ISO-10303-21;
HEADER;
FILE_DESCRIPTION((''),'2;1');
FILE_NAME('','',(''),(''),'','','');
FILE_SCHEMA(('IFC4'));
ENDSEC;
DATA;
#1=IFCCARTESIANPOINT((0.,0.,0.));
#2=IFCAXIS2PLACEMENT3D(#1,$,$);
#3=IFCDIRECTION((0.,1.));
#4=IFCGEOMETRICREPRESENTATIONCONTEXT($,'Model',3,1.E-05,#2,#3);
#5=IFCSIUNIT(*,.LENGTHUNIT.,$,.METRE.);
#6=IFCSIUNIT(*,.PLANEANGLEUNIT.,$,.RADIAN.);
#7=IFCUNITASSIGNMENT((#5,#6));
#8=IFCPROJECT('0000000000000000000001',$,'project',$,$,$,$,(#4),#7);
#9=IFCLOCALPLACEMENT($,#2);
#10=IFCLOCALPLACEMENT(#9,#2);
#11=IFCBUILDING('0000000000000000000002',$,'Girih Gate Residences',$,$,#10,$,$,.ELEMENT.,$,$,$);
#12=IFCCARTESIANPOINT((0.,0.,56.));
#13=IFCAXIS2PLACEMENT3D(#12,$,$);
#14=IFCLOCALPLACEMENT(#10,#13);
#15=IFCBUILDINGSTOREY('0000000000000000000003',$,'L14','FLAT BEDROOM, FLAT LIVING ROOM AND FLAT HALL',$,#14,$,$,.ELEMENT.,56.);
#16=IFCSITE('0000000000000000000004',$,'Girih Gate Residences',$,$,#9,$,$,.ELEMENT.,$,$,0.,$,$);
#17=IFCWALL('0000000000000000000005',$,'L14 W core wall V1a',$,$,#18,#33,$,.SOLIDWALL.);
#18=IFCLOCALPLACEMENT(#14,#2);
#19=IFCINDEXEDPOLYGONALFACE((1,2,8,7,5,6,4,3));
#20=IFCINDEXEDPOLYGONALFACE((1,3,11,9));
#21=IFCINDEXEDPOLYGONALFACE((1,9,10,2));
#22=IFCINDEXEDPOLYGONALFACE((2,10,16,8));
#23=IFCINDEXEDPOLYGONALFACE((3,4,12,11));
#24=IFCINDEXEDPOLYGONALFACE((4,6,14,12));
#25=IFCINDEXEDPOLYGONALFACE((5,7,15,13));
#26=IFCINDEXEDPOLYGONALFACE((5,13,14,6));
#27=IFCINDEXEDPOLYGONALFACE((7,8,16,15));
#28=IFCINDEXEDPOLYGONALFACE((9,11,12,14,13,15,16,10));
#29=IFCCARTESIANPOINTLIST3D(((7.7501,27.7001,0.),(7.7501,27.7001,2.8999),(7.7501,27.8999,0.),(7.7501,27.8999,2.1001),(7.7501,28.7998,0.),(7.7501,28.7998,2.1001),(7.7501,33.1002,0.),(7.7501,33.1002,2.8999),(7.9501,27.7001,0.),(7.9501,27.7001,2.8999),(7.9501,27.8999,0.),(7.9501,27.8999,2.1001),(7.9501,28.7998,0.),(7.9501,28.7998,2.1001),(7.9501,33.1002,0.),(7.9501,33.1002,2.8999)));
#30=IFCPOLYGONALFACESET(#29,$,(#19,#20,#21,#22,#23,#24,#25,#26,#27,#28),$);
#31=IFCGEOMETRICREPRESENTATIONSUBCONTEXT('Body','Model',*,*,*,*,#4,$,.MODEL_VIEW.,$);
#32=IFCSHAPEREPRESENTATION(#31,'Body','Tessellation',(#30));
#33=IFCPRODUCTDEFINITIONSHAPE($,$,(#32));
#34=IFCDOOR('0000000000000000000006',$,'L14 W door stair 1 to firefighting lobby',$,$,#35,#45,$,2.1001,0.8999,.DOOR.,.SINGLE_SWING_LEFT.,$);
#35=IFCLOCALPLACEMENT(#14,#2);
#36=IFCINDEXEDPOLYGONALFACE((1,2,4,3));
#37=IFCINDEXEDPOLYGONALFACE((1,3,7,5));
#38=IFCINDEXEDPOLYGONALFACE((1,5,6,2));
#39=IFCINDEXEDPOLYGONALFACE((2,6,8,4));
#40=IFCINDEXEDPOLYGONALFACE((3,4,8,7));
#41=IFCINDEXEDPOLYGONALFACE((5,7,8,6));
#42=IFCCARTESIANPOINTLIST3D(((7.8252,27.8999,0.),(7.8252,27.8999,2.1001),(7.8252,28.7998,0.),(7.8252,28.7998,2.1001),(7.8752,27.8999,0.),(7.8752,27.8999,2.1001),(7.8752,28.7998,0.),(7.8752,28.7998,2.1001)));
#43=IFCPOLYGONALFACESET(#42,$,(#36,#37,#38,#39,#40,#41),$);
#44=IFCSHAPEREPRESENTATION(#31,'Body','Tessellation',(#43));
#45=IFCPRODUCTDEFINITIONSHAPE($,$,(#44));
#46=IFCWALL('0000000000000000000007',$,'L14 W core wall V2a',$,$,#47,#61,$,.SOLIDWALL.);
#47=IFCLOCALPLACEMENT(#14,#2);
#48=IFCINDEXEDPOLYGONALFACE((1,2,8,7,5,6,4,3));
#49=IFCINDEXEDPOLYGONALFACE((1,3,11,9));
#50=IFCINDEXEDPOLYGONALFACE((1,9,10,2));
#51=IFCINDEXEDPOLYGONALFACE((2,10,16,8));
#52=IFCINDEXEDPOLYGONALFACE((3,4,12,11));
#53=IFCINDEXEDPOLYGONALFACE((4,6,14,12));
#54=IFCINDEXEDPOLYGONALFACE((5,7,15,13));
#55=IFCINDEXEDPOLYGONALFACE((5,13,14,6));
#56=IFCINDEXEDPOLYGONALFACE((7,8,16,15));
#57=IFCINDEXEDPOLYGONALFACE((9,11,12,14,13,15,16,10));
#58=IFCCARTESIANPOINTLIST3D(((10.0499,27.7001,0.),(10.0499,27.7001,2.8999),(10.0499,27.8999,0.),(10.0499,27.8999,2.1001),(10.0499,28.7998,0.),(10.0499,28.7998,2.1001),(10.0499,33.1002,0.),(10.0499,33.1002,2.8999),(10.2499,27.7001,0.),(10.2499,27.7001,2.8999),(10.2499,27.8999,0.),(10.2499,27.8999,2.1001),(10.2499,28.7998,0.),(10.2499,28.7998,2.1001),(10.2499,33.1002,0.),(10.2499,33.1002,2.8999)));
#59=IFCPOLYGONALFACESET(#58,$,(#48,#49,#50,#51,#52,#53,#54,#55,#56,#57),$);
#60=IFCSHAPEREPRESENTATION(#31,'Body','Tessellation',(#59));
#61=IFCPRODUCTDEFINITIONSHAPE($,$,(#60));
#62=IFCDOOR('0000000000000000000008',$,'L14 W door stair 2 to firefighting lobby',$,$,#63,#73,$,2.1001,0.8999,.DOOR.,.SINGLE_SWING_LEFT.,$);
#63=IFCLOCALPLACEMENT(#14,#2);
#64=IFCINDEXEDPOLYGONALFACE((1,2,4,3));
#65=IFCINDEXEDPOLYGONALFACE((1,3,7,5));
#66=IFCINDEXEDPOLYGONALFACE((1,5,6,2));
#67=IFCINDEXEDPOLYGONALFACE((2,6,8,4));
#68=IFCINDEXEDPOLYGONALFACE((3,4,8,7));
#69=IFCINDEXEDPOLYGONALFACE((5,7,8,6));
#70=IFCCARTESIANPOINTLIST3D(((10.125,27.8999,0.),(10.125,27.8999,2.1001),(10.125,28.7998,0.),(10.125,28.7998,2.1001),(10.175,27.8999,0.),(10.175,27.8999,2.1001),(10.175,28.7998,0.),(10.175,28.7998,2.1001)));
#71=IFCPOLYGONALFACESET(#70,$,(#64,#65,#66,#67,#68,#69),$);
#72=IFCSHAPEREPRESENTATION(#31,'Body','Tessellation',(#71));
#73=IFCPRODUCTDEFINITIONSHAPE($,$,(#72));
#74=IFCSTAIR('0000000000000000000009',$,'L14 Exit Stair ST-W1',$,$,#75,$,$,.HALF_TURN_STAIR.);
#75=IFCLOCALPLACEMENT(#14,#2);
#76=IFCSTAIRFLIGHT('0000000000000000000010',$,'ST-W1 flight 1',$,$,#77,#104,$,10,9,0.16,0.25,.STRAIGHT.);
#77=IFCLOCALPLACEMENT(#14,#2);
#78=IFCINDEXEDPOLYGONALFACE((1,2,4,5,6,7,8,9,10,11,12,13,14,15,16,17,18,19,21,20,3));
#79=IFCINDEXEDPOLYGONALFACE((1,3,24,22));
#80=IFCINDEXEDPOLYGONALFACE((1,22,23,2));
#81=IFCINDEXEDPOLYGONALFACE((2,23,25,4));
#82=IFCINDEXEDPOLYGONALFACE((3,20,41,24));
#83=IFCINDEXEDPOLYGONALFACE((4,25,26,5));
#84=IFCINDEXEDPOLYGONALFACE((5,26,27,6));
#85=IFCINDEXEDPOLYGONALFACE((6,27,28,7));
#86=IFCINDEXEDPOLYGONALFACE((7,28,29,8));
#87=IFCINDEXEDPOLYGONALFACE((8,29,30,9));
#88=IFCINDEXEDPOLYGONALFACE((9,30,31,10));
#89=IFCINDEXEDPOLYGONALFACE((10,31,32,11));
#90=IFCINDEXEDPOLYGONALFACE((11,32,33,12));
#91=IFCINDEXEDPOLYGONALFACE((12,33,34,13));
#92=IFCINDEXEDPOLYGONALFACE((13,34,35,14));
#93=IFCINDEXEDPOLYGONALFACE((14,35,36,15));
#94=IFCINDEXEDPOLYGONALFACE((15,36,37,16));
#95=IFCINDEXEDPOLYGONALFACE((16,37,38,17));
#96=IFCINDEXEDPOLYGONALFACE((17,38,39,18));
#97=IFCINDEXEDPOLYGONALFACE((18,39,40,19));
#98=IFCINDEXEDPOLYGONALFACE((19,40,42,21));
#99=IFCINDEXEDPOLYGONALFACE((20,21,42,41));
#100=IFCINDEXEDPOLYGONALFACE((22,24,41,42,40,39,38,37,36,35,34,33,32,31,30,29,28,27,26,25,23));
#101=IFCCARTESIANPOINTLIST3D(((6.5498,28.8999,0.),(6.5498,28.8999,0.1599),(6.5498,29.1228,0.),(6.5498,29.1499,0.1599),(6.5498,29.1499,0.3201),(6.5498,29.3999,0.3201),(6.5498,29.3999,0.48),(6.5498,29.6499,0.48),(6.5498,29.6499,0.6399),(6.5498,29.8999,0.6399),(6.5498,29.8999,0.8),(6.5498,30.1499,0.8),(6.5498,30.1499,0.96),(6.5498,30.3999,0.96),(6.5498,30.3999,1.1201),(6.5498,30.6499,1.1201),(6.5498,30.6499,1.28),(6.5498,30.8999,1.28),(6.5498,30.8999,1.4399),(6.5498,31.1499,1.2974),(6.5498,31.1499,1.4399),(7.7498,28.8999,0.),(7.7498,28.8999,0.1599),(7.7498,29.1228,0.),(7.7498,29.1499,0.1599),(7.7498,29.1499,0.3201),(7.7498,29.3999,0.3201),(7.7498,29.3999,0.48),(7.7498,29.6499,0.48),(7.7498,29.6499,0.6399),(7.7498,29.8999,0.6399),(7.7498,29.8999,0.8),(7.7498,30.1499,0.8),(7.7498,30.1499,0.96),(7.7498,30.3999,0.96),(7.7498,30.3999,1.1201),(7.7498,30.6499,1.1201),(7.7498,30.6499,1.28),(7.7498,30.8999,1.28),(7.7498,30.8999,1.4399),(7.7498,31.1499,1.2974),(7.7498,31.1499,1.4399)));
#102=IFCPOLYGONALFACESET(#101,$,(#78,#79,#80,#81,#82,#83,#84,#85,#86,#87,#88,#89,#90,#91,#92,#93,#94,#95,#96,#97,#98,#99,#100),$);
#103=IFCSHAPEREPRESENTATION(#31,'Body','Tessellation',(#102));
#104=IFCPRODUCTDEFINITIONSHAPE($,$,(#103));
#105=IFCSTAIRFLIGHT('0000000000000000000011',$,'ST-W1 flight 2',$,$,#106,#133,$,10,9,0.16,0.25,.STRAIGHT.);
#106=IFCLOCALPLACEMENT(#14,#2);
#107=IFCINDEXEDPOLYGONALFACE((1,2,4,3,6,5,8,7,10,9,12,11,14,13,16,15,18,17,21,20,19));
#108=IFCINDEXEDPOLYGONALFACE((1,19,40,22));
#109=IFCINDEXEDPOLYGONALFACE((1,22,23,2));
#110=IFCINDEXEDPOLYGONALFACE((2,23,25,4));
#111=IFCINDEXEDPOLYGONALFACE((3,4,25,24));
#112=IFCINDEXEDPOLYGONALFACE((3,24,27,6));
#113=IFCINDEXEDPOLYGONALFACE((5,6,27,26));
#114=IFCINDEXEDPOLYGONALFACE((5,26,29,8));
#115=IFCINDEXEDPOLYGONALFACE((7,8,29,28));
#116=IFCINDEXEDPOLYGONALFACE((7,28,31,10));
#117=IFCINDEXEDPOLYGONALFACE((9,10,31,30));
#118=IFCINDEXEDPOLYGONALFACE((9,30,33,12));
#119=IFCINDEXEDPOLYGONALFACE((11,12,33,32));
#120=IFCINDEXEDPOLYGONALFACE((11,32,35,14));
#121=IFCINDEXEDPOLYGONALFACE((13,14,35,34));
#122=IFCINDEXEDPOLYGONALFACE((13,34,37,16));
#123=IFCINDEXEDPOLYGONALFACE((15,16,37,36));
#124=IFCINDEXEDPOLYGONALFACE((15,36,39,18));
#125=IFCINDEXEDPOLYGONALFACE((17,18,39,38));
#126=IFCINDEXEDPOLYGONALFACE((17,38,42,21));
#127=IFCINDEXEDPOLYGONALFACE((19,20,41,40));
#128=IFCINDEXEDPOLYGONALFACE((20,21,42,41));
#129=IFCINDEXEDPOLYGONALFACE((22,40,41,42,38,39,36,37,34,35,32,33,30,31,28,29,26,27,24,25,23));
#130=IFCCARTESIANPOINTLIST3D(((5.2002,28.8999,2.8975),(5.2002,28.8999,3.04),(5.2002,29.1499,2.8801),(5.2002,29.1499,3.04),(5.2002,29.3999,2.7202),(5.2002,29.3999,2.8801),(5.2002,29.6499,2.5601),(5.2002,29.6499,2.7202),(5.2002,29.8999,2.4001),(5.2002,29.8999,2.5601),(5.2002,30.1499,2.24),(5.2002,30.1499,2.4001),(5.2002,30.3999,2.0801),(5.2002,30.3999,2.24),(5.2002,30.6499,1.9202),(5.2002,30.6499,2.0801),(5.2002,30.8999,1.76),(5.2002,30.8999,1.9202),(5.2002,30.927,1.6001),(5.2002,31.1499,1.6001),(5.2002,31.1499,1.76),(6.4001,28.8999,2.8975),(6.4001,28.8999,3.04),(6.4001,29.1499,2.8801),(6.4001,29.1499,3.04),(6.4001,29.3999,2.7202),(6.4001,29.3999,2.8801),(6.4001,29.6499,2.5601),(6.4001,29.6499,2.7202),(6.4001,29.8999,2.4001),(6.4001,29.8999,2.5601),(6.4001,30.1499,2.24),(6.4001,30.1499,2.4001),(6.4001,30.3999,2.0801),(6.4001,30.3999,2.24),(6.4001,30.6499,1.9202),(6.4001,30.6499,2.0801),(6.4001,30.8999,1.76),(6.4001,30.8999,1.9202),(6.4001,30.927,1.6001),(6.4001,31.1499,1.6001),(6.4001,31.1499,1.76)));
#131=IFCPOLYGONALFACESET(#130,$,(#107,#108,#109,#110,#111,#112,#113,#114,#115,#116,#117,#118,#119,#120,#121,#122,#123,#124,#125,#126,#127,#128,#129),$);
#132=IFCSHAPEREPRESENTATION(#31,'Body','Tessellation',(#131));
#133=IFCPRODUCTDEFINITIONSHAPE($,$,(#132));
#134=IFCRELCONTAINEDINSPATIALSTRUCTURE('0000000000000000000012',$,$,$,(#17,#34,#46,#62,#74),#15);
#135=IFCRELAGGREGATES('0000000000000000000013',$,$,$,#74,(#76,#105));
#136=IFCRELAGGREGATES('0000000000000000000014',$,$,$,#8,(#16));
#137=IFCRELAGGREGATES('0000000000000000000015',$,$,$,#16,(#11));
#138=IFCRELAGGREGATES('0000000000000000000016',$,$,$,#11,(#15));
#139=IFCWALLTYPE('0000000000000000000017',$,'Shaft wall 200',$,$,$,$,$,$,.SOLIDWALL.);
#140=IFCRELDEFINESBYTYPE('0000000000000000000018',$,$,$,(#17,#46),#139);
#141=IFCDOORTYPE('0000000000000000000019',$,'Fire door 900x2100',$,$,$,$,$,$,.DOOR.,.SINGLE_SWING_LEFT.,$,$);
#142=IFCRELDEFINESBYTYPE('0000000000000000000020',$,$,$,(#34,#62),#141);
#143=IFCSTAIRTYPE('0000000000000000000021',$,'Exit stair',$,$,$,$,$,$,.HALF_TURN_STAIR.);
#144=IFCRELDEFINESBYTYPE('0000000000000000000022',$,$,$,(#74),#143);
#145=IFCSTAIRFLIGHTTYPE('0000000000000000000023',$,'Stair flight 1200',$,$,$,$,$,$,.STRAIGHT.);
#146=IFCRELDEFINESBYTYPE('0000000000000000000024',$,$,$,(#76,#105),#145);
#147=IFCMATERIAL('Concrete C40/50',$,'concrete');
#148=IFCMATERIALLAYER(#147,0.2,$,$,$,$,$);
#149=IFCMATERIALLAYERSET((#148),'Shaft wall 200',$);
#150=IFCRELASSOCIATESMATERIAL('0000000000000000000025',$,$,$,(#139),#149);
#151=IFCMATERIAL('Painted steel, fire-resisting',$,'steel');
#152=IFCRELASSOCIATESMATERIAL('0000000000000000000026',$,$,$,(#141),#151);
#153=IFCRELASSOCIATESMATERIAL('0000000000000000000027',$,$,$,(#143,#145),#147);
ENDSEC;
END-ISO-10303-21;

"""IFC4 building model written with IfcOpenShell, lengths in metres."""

from ifc_helpers import new_model, si_unit, direction, frame, frame_2d, origin, place, context, subcontext, project, spatial, polyline, rectangle, outline, extrude, material, layer, layer_set, type_object, element, fill, aggregate, save


model = new_model("IFC4")

# Units and contexts
model_context = context("Model", 3, precision=1e-05, world=origin(), true_north=direction((0.0, 1.0)))
body_context = subcontext(model_context, "Body", "Model", "MODEL_VIEW")
ifc_project = project(units=[si_unit("LENGTHUNIT", "METRE"), si_unit("PLANEANGLEUNIT", "RADIAN")], contexts=[model_context])

# Site, building, storey
site_placement = place(None, origin())
site = spatial("IfcSite", under=ifc_project, at=site_placement, Name="Girih Gate Residences", CompositionType="ELEMENT", RefElevation=0.0)
building_placement = place(site_placement, origin())
building = spatial("IfcBuilding", under=site, at=building_placement, Name="Girih Gate Residences", CompositionType="ELEMENT")
storey_placement = place(building_placement, frame((0.0, 0.0, 56.0)))
storey = spatial("IfcBuildingStorey", under=building, at=storey_placement, Name="L14", Description="FLAT BEDROOM, FLAT LIVING ROOM AND FLAT HALL", CompositionType="ELEMENT", Elevation=56.0)

# Shared definitions
ifc_material_1 = material(Name="Painted steel, fire-resisting", Category="steel")

# Walls, openings, doors
ifc_material_2 = material(Name="Concrete C40/50", Category="concrete")
ifc_layer_1 = layer(ifc_material_2, 0.2)
ifc_layer_set_1 = layer_set([ifc_layer_1], Name="Shaft wall 200")
wall_type_1 = type_object("IfcWallType", Name="Shaft wall 200", PredefinedType="SOLIDWALL", material=ifc_layer_set_1)
wall_1_placement = place(storey_placement, frame((7.8501, 27.7, 0.0), z_axis=(0.0, 0.0, 1.0), x_axis=(0.0, 1.0, 0.0)))
wall_1 = element("IfcWall", 1, at=wall_1_placement, inside=storey, type_object=wall_type_1, Name="L14 W core wall V1a", PredefinedType="SOLIDWALL", context=body_context, shape_type="SweptSolid", body=[
    extrude(rectangle(XDim=5.4001, YDim=0.2, at=frame_2d((2.7002, 0.0))), origin(), (0.0, 0.0, 1.0), 2.8999),
])
opening_1_placement = place(wall_1_placement, frame((0.2, 0.0, 0.0)))
opening_1 = element("IfcOpeningElement", 2, at=opening_1_placement, cuts=wall_1, PredefinedType="OPENING", context=body_context, shape_type="SweptSolid", body=[
    extrude(rectangle(XDim=0.8999, YDim=2.1001, at=frame_2d((0.45, 1.05))), frame((0.0, 0.1099, 0.0), z_axis=(0.0, -1.0, 0.0), x_axis=(1.0, 0.0, 0.0)), (0.0, 0.0, 1.0), 0.22),
])
door_type_1 = type_object("IfcDoorType", Name="Fire door 900x2100", OperationType="SINGLE_SWING_LEFT", PredefinedType="DOOR", material=ifc_material_1)
door_1_placement = place(opening_1_placement, origin())
door_1 = element("IfcDoor", 3, at=door_1_placement, inside=storey, type_object=door_type_1, Name="L14 W door stair 1 to firefighting lobby", OperationType="SINGLE_SWING_LEFT", OverallHeight=2.1001, OverallWidth=0.8999, PredefinedType="DOOR", context=body_context, shape_type="SweptSolid", body=[
    extrude(rectangle(XDim=0.8999, YDim=2.1001, at=frame_2d((0.45, 1.05))), frame((0.0, 0.0249, 0.0), z_axis=(0.0, -1.0, 0.0), x_axis=(1.0, 0.0, 0.0)), (0.0, 0.0, 1.0), 0.05),
])
fill(opening_1, door_1)
wall_2_placement = place(storey_placement, frame((10.1499, 27.7, 0.0), z_axis=(0.0, 0.0, 1.0), x_axis=(0.0, 1.0, 0.0)))
wall_2 = element("IfcWall", 4, at=wall_2_placement, inside=storey, type_object=wall_type_1, Name="L14 W core wall V2a", PredefinedType="SOLIDWALL", context=body_context, shape_type="SweptSolid", body=[
    extrude(rectangle(XDim=5.4001, YDim=0.2, at=frame_2d((2.7002, 0.0))), origin(), (0.0, 0.0, 1.0), 2.8999),
])
opening_2_placement = place(wall_2_placement, frame((0.2, 0.0, 0.0)))
opening_2 = element("IfcOpeningElement", 5, at=opening_2_placement, cuts=wall_2, PredefinedType="OPENING", context=body_context, shape_type="SweptSolid", body=[
    extrude(rectangle(XDim=0.8999, YDim=2.1001, at=frame_2d((0.45, 1.05))), frame((0.0, 0.1099, 0.0), z_axis=(0.0, -1.0, 0.0), x_axis=(1.0, 0.0, 0.0)), (0.0, 0.0, 1.0), 0.22),
])
door_2_placement = place(opening_2_placement, origin())
door_2 = element("IfcDoor", 6, at=door_2_placement, inside=storey, type_object=door_type_1, Name="L14 W door stair 2 to firefighting lobby", OperationType="SINGLE_SWING_LEFT", OverallHeight=2.1001, OverallWidth=0.8999, PredefinedType="DOOR", context=body_context, shape_type="SweptSolid", body=[
    extrude(rectangle(XDim=0.8999, YDim=2.1001, at=frame_2d((0.45, 1.05))), frame((0.0, 0.0249, 0.0), z_axis=(0.0, -1.0, 0.0), x_axis=(1.0, 0.0, 0.0)), (0.0, 0.0, 1.0), 0.05),
])
fill(opening_2, door_2)

# Stair, stair flights
stair_type = type_object("IfcStairType", Name="Exit stair", PredefinedType="HALF_TURN_STAIR", material=ifc_material_2)
stair_placement = place(storey_placement, origin())
stair = element("IfcStair", 7, at=stair_placement, inside=storey, type_object=stair_type, Name="L14 Exit Stair ST-W1", PredefinedType="HALF_TURN_STAIR")
stair_flight_type = type_object("IfcStairFlightType", Name="Stair flight 1200", PredefinedType="STRAIGHT", material=ifc_material_2)
stair_flight_1_placement = place(storey_placement, frame((7.1499, 28.8999, 0.0), z_axis=(0.0, 0.0, 1.0), x_axis=(0.0, 1.0, 0.0)))
stair_flight_1 = element("IfcStairFlight", 8, at=stair_flight_1_placement, type_object=stair_flight_type, Name="ST-W1 flight 1", NumberOfRisers=10, NumberOfTreads=9, PredefinedType="STRAIGHT", RiserHeight=0.16, TreadLength=0.25, context=body_context, shape_type="SweptSolid", body=[
    extrude(outline(polyline([(0.0, 0.0), (0.0, 0.1599), (0.25, 0.1599), (0.25, 0.3201), (0.5, 0.3201), (0.5, 0.48), (0.75, 0.48), (0.75, 0.6399), (1.0, 0.6399), (1.0, 0.8), (1.25, 0.8), (1.25, 0.96), (1.5, 0.96), (1.5, 1.1201), (1.75, 1.1201), (1.75, 1.28), (2.0, 1.28), (2.0, 1.4399), (2.25, 1.4399), (2.25, 1.6001), (2.25, 1.2974), (0.2229, 0.0), (0.0, 0.0)])), frame((0.0, 0.6001, 0.0), z_axis=(0.0, -1.0, 0.0), x_axis=(1.0, 0.0, 0.0)), (0.0, 0.0, 1.0), 1.2),
])
stair_flight_2_placement = place(storey_placement, frame((5.8, 31.1499, 1.6001), z_axis=(0.0, 0.0, 1.0), x_axis=(0.0, -1.0, 0.0)))
stair_flight_2 = element("IfcStairFlight", 9, at=stair_flight_2_placement, type_object=stair_flight_type, Name="ST-W1 flight 2", NumberOfRisers=10, NumberOfTreads=9, PredefinedType="STRAIGHT", RiserHeight=0.16, TreadLength=0.25, context=body_context, shape_type="SweptSolid", body=[
    extrude(outline(polyline([(0.0, 0.0), (0.0, 0.1599), (0.25, 0.1599), (0.25, 0.3201), (0.5, 0.3201), (0.5, 0.48), (0.75, 0.48), (0.75, 0.6399), (1.0, 0.6399), (1.0, 0.8), (1.25, 0.8), (1.25, 0.96), (1.5, 0.96), (1.5, 1.1201), (1.75, 1.1201), (1.75, 1.28), (2.0, 1.28), (2.0, 1.4399), (2.25, 1.4399), (2.25, 1.6001), (2.25, 1.2974), (0.2229, 0.0), (0.0, 0.0)])), frame((0.0, 0.6001, 0.0), z_axis=(0.0, -1.0, 0.0), x_axis=(1.0, 0.0, 0.0)), (0.0, 0.0, 1.0), 1.2),
])
aggregate(stair, [stair_flight_1, stair_flight_2])

save(model, "model.ifc")
